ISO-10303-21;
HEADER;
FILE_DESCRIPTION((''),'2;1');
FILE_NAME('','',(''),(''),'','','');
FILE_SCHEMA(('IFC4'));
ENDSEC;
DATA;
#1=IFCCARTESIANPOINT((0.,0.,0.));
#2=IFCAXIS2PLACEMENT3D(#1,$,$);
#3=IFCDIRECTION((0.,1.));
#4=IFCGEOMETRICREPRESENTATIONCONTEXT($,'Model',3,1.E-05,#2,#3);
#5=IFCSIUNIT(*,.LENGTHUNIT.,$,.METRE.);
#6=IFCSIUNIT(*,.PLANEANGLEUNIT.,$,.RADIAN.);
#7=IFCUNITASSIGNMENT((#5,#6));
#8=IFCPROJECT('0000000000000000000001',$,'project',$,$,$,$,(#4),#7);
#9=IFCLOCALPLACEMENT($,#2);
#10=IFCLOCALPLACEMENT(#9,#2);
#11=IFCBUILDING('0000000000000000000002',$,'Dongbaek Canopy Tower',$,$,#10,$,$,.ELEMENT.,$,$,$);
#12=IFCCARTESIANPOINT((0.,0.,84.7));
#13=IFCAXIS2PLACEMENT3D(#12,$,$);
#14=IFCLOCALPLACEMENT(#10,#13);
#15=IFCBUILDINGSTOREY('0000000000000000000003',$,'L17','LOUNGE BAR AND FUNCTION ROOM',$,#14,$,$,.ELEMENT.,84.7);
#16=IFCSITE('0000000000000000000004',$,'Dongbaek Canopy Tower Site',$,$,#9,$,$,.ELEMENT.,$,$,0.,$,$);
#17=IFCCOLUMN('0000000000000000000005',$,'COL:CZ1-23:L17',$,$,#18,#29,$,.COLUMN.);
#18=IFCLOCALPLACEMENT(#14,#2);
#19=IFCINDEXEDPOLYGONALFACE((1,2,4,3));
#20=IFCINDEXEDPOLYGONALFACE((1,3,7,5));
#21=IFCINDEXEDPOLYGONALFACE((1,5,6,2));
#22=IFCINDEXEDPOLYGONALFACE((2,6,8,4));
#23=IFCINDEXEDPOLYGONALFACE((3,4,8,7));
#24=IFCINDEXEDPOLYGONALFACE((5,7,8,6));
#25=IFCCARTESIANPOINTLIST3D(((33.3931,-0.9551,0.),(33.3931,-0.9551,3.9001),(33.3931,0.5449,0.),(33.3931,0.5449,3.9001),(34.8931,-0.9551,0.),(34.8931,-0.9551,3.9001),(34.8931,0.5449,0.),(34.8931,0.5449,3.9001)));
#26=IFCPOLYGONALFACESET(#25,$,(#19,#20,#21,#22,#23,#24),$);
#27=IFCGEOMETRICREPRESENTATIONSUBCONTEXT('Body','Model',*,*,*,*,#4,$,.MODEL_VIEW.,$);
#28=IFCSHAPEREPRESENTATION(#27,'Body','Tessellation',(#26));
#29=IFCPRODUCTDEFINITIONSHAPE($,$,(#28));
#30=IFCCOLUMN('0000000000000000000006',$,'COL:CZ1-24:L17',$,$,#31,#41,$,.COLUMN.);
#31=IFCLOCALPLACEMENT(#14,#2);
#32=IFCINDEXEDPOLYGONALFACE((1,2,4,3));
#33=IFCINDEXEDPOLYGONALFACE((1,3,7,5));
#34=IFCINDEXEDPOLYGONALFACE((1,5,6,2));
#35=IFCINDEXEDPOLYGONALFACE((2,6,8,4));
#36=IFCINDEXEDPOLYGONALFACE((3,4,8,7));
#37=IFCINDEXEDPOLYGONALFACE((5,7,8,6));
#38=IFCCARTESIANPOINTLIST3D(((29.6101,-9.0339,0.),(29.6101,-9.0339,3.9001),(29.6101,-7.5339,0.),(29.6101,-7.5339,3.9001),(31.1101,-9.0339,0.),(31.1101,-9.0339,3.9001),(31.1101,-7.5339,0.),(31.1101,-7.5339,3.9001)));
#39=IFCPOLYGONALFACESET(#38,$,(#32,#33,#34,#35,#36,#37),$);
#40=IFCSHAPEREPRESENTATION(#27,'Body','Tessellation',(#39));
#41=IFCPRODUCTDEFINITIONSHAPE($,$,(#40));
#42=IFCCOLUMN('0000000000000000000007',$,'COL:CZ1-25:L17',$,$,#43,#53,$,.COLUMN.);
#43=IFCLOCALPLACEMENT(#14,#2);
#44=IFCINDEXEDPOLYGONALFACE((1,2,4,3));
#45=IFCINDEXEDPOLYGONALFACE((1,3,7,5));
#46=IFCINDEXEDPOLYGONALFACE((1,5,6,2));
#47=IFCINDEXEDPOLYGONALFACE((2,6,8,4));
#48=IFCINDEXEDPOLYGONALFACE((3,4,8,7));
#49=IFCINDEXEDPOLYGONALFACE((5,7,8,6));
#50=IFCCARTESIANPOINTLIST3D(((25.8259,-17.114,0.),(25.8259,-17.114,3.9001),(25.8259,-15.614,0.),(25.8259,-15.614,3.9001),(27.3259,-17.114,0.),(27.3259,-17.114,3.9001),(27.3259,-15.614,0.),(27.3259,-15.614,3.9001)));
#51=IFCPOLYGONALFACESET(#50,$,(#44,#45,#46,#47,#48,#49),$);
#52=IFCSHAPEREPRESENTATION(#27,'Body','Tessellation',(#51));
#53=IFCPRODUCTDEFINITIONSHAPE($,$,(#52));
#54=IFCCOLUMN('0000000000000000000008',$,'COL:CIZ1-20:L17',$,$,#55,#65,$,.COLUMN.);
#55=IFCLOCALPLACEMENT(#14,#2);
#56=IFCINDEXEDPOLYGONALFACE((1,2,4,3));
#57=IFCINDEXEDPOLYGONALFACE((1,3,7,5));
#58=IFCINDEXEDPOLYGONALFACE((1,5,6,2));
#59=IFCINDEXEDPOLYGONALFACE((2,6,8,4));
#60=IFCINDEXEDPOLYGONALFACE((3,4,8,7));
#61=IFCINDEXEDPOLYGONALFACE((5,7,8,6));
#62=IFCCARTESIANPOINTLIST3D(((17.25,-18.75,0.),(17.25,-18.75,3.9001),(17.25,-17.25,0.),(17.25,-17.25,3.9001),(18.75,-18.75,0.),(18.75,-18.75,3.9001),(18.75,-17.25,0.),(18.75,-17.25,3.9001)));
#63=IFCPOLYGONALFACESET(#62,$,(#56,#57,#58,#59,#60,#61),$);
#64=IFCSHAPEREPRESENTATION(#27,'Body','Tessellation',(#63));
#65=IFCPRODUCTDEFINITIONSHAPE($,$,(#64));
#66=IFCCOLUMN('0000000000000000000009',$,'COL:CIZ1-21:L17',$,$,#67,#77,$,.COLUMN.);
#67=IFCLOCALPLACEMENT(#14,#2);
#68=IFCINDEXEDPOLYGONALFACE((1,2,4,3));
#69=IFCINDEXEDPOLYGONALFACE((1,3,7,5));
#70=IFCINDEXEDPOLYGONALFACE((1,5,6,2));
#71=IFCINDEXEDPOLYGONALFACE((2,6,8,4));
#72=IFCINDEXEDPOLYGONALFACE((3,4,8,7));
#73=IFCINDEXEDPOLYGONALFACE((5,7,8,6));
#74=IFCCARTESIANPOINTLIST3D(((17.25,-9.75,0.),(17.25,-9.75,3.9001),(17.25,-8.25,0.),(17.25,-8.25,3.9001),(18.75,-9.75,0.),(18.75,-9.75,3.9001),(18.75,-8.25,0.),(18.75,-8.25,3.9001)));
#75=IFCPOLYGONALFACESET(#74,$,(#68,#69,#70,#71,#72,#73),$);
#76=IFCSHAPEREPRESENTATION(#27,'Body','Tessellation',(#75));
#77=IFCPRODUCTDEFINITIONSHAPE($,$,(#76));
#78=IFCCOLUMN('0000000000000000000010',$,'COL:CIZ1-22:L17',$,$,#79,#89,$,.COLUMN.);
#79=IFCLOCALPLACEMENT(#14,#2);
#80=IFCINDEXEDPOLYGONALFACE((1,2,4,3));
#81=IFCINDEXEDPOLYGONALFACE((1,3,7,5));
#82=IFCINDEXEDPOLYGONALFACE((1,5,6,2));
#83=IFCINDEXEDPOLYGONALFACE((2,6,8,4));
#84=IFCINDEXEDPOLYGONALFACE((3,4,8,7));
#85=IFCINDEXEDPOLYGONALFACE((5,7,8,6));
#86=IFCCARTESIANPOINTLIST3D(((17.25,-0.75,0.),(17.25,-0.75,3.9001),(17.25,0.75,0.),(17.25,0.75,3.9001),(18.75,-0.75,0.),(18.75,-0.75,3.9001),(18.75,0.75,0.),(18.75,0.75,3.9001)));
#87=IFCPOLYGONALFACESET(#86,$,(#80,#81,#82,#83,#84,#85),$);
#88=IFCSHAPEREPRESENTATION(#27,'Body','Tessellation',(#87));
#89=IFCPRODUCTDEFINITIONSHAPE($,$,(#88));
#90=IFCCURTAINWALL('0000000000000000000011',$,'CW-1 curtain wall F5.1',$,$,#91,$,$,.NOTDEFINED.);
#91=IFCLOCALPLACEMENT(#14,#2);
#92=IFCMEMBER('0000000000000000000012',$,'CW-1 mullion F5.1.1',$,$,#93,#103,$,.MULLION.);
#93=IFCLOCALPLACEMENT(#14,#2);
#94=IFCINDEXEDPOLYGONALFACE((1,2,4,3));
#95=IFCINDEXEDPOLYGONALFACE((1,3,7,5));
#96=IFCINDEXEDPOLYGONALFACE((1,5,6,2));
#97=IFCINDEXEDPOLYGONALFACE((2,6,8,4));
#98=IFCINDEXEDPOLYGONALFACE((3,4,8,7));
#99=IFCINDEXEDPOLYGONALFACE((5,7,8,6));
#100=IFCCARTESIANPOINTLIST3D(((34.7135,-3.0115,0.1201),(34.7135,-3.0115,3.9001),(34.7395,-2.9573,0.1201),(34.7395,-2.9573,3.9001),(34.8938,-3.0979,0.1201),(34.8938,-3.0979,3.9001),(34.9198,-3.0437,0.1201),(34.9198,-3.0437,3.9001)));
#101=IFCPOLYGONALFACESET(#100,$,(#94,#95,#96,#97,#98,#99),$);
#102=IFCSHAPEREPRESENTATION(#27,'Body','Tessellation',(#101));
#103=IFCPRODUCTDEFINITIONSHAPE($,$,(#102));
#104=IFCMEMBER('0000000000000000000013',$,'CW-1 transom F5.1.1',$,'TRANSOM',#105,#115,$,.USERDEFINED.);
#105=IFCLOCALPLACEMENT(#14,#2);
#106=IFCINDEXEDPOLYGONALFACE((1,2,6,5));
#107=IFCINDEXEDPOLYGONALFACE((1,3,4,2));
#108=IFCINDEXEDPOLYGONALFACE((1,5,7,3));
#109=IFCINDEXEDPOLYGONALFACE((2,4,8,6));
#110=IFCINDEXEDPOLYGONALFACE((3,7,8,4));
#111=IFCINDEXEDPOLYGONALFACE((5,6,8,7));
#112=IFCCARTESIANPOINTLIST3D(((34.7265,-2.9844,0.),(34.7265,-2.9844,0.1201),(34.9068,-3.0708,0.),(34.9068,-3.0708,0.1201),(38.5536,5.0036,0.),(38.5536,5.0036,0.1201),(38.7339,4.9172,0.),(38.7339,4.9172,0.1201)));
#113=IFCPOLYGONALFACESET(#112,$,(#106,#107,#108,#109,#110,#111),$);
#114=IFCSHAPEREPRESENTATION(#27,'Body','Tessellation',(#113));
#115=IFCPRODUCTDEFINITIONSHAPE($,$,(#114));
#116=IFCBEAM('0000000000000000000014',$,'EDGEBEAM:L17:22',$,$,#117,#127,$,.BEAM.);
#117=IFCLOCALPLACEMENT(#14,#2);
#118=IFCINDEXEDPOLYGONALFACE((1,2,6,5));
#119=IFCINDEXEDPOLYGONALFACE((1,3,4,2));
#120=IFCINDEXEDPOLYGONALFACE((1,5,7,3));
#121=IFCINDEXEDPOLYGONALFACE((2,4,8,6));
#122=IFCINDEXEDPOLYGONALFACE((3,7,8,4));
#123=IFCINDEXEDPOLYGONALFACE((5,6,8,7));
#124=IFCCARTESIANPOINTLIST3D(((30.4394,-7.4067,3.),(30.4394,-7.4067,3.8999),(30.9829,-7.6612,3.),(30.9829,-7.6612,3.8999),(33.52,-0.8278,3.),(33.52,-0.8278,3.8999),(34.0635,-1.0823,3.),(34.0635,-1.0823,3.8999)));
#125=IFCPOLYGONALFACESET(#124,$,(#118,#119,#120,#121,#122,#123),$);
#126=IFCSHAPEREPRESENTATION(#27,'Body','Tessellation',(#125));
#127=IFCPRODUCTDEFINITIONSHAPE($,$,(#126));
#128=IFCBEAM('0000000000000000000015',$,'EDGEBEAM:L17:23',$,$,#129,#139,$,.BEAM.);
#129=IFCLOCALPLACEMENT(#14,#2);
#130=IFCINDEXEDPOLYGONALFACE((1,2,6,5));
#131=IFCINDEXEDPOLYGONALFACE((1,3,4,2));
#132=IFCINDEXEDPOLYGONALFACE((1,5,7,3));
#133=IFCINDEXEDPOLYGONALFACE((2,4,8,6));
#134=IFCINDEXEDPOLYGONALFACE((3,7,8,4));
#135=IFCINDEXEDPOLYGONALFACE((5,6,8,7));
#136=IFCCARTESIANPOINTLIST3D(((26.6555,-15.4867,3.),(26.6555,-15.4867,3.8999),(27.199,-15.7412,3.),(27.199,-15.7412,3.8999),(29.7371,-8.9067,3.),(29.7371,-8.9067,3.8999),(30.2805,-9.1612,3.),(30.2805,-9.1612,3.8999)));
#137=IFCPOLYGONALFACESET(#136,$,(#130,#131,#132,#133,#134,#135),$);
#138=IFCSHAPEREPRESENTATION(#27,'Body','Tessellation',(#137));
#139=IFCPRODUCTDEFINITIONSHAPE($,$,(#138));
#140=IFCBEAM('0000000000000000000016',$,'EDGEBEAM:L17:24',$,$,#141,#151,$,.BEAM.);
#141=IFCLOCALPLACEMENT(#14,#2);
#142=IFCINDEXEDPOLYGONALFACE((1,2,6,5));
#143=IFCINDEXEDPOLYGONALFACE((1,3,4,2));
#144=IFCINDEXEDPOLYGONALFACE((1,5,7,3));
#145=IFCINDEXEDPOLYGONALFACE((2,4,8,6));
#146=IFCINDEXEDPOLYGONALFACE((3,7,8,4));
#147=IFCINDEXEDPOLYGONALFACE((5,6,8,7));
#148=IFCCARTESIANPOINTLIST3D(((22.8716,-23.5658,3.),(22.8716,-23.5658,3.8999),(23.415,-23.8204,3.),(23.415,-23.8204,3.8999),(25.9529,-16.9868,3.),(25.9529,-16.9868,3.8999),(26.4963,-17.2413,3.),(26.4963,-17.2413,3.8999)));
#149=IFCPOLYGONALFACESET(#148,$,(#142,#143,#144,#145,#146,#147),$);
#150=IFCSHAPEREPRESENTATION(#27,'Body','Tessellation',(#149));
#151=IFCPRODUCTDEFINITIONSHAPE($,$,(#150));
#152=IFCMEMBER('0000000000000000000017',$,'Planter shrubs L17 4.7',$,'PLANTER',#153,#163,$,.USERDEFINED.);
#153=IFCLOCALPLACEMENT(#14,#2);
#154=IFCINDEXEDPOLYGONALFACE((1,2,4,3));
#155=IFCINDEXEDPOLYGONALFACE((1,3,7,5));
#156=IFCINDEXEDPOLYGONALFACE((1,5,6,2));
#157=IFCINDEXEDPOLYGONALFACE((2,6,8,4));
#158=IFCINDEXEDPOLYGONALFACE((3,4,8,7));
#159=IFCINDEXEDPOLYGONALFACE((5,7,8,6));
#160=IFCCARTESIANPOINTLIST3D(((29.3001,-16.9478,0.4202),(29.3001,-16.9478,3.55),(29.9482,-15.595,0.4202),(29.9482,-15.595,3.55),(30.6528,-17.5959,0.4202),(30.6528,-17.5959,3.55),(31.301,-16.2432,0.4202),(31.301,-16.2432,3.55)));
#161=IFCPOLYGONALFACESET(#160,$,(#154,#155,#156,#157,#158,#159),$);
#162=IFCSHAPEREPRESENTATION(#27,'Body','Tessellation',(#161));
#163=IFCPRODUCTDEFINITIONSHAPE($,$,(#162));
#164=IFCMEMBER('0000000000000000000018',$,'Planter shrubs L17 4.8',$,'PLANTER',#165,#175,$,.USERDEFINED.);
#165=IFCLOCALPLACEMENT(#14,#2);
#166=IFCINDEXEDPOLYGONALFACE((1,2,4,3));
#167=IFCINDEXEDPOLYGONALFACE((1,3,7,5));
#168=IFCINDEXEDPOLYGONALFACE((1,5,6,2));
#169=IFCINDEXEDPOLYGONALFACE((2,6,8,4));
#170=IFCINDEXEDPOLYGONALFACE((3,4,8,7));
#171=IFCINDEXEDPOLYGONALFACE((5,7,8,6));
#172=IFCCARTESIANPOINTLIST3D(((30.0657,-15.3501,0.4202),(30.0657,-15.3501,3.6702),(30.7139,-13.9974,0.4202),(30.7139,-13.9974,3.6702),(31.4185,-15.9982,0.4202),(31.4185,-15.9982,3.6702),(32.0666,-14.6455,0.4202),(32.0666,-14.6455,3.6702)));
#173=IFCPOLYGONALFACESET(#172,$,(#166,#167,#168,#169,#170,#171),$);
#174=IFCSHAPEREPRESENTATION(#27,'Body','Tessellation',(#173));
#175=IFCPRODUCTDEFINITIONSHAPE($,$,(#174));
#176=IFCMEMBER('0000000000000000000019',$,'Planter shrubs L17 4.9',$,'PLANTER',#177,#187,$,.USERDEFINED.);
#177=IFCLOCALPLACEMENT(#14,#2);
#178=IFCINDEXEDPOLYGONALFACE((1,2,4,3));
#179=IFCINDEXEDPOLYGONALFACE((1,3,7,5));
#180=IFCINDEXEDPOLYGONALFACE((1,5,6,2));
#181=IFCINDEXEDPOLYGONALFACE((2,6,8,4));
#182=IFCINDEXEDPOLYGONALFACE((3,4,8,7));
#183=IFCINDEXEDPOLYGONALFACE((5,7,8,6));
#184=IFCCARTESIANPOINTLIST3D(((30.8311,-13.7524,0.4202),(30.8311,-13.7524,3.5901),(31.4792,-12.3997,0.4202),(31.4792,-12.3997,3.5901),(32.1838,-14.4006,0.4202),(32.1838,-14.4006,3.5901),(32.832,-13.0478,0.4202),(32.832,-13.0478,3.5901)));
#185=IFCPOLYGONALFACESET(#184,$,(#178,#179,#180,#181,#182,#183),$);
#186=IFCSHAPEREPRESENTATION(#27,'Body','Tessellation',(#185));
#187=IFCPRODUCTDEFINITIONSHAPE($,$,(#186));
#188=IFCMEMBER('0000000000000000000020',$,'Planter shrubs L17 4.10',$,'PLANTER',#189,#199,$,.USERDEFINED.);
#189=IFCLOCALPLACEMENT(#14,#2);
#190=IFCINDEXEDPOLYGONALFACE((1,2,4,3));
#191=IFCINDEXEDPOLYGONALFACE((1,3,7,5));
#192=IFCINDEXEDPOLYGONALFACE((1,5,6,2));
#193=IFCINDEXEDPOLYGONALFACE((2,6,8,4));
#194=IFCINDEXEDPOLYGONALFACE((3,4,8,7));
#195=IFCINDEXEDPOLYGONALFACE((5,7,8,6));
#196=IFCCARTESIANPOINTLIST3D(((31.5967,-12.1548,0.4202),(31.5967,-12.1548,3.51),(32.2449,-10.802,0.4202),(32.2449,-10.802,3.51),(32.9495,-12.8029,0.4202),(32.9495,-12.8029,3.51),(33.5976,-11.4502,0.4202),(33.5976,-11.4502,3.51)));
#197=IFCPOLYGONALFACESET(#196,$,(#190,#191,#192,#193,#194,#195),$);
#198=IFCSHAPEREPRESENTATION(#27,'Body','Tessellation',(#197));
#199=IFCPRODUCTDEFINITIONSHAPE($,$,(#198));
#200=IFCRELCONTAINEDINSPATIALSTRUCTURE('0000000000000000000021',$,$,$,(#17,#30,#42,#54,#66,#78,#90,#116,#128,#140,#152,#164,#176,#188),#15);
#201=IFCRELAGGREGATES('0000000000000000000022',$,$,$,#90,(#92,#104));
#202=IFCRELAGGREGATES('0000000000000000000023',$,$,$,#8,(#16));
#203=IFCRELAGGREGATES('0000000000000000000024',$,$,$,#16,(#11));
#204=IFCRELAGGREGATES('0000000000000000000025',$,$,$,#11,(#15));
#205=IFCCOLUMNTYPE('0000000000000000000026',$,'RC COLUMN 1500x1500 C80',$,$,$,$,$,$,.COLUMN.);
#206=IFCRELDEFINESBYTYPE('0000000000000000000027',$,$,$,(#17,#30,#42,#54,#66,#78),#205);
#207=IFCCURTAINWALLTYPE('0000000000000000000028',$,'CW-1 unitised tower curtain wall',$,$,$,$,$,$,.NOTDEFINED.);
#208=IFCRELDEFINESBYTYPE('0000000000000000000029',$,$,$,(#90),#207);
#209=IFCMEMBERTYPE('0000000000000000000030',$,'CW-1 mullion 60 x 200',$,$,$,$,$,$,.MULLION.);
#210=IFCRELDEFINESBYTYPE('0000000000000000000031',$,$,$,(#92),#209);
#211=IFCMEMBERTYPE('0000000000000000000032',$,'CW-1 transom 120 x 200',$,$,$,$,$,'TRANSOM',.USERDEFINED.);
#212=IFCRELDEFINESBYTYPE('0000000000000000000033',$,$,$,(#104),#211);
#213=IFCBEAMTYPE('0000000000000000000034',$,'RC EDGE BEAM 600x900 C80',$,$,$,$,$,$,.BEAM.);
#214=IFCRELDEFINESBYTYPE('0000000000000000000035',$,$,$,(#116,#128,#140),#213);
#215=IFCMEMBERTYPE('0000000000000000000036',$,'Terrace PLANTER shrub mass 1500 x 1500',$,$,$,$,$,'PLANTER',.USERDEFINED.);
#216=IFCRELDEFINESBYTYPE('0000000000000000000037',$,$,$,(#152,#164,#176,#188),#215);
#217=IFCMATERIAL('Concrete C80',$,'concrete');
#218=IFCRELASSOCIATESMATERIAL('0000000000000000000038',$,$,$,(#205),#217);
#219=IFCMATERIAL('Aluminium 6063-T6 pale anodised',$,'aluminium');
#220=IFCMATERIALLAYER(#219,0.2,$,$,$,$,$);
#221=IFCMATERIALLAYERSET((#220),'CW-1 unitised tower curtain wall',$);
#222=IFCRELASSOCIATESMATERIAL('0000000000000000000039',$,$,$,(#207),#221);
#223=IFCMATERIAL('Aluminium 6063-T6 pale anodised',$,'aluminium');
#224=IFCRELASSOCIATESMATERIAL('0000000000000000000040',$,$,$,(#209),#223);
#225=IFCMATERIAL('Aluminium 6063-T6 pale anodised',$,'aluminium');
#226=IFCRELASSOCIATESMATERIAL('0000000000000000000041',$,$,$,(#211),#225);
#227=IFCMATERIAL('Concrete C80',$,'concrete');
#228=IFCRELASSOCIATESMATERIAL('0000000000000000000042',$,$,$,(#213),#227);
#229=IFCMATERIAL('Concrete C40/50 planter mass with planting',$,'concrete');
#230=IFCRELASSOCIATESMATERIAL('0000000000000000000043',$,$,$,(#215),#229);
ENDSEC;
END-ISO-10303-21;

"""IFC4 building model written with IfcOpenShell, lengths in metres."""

from ifc_helpers import new_model, si_unit, direction, frame, origin, origin_2d, place, context, subcontext, project, spatial, rectangle, extrude, material, layer, layer_set, material_profile, profile_set, type_object, element, aggregate, save


model = new_model("IFC4")

# Units and contexts
model_context = context("Model", 3, precision=1e-05, world=origin(), true_north=direction((0.0, 1.0)))
body_context = subcontext(model_context, "Body", "Model", "MODEL_VIEW")
ifc_project = project(units=[si_unit("LENGTHUNIT", "METRE"), si_unit("PLANEANGLEUNIT", "RADIAN")], contexts=[model_context])

# Site, building, storey
site_placement = place(None, origin())
site = spatial("IfcSite", under=ifc_project, at=site_placement, Name="Dongbaek Canopy Tower Site", CompositionType="ELEMENT", RefElevation=0.0)
building_placement = place(site_placement, origin())
building = spatial("IfcBuilding", under=site, at=building_placement, Name="Dongbaek Canopy Tower", CompositionType="ELEMENT")
storey_placement = place(building_placement, frame((0.0, 0.0, 84.7)))
storey = spatial("IfcBuildingStorey", under=building, at=storey_placement, Name="L17", Description="LOUNGE BAR AND FUNCTION ROOM", CompositionType="ELEMENT", Elevation=84.7)

# Columns
ifc_material_1 = material(Name="Concrete C80", Category="concrete")
ifc_material_profile_1 = material_profile(ifc_material_1, rectangle(XDim=1.5, YDim=1.5, at=origin_2d()), Name="RC COLUMN 1500x1500 C80")
ifc_profile_set_1 = profile_set([ifc_material_profile_1], Name="Concrete C80")
column_type = type_object("IfcColumnType", Name="RC COLUMN 1500x1500 C80", PredefinedType="COLUMN", material=ifc_profile_set_1)
for number, where, z_axis, x_axis, name in (
    (1, (34.1431, -0.2051, 0.0), (0.0, 0.0, 1.0), (1.0, 0.0, 0.0), "COL:CZ1-23:L17"),
    (2, (30.3601, -8.2839, 0.0), (0.0, 0.0, 1.0), (1.0, 0.0, 0.0), "COL:CZ1-24:L17"),
    (3, (26.5759, -16.364, 0.0), (0.0, 0.0, 1.0), (1.0, 0.0, 0.0), "COL:CZ1-25:L17"),
    (4, (18.0, -18.0, 0.0), (0.0, 0.0, 1.0), (1.0, 0.0, 0.0), "COL:CIZ1-20:L17"),
    (5, (18.0, -9.0, 0.0), (0.0, 0.0, 1.0), (1.0, 0.0, 0.0), "COL:CIZ1-21:L17"),
    (6, (18.0, 0.0, 0.0), (0.0, 0.0, 1.0), (1.0, 0.0, 0.0), "COL:CIZ1-22:L17"),
):
    element("IfcColumn", number, at=place(storey_placement, frame(where, z_axis=z_axis, x_axis=x_axis)), inside=storey, type_object=column_type, Name=name, PredefinedType="COLUMN", context=body_context, shape_type="SweptSolid", body=[
        extrude(rectangle(XDim=1.5, YDim=1.5, at=origin_2d()), origin(), (0.0, 0.0, 1.0), 3.9001),
    ])

# Curtain wall, members
ifc_material_2 = material(Name="Aluminium 6063-T6 pale anodised", Category="aluminium")
ifc_layer_1 = layer(ifc_material_2, 0.2)
ifc_layer_set_1 = layer_set([ifc_layer_1], Name="CW-1 unitised tower curtain wall")
curtain_wall_type = type_object("IfcCurtainWallType", Name="CW-1 unitised tower curtain wall", PredefinedType="NOTDEFINED", material=ifc_layer_set_1)
curtain_wall_placement = place(storey_placement, origin())
curtain_wall = element("IfcCurtainWall", 7, at=curtain_wall_placement, inside=storey, type_object=curtain_wall_type, Name="CW-1 curtain wall F5.1", PredefinedType="NOTDEFINED")
ifc_material_3 = material(Name="Aluminium 6063-T6 pale anodised", Category="aluminium")
ifc_material_profile_2 = material_profile(ifc_material_3, rectangle(XDim=0.2, YDim=0.0601, at=origin_2d()), Name="CW-1 mullion 60 x 200")
ifc_profile_set_2 = profile_set([ifc_material_profile_2], Name="Aluminium 6063-T6 pale anodised")
member_type_1 = type_object("IfcMemberType", Name="CW-1 mullion 60 x 200", PredefinedType="MULLION", material=ifc_profile_set_2)
member_1_placement = place(storey_placement, frame((34.8167, -3.0276, 0.1201), z_axis=(0.0, 0.0, 1.0), x_axis=(0.901828, -0.432096, 0.0)))
member_1 = element("IfcMember", 8, at=member_1_placement, type_object=member_type_1, Name="CW-1 mullion F5.1.1", PredefinedType="MULLION", context=body_context, shape_type="SweptSolid", body=[
    extrude(rectangle(XDim=0.2, YDim=0.0601, at=origin_2d()), origin(), (0.0, 0.0, 1.0), 3.78),
])
ifc_material_4 = material(Name="Aluminium 6063-T6 pale anodised", Category="aluminium")
ifc_material_profile_3 = material_profile(ifc_material_4, rectangle(XDim=0.2, YDim=0.1201, at=origin_2d()), Name="CW-1 transom 120 x 200")
ifc_profile_set_3 = profile_set([ifc_material_profile_3], Name="Aluminium 6063-T6 pale anodised")
member_type_2 = type_object("IfcMemberType", Name="CW-1 transom 120 x 200", ElementType="TRANSOM", PredefinedType="USERDEFINED", material=ifc_profile_set_3)
member_2_placement = place(storey_placement, frame((34.8167, -3.0276, 0.0601), z_axis=(0.432079, 0.901836, 0.0), x_axis=(-0.901836, 0.432079, 0.0)))
member_2 = element("IfcMember", 9, at=member_2_placement, type_object=member_type_2, Name="CW-1 transom F5.1.1", ObjectType="TRANSOM", PredefinedType="USERDEFINED", context=body_context, shape_type="SweptSolid", body=[
    extrude(rectangle(XDim=0.2, YDim=0.1201, at=origin_2d()), origin(), (0.0, 0.0, 1.0), 8.8574),
])

# Beams
ifc_material_5 = material(Name="Concrete C80", Category="concrete")
ifc_material_profile_4 = material_profile(ifc_material_5, rectangle(XDim=0.6001, YDim=0.8999, at=origin_2d()), Name="RC EDGE BEAM 600x900 C80")
ifc_profile_set_4 = profile_set([ifc_material_profile_4], Name="Concrete C80")
beam_type = type_object("IfcBeamType", Name="RC EDGE BEAM 600x900 C80", PredefinedType="BEAM", material=ifc_profile_set_4)
beam_1_placement = place(storey_placement, frame((33.7917, -0.9551, 3.45), z_axis=(-0.424064, -0.905632, 0.0), x_axis=(0.905632, -0.424064, 0.0)))
element("IfcBeam", 10, at=beam_1_placement, inside=storey, type_object=beam_type, Name="EDGEBEAM:L17:22", PredefinedType="BEAM", context=body_context, shape_type="SweptSolid", body=[
    extrude(rectangle(XDim=0.6001, YDim=0.8999, at=origin_2d()), origin(), (0.0, 0.0, 1.0), 7.2644),
])
beam_2_placement = place(storey_placement, frame((30.0088, -9.0339, 3.45), z_axis=(-0.42411, -0.905611, 0.0), x_axis=(0.905611, -0.42411, 0.0)))
element("IfcBeam", 11, at=beam_2_placement, inside=storey, type_object=beam_type, Name="EDGEBEAM:L17:23", PredefinedType="BEAM", context=body_context, shape_type="SweptSolid", body=[
    extrude(rectangle(XDim=0.6001, YDim=0.8999, at=origin_2d()), origin(), (0.0, 0.0, 1.0), 7.2659),
])
beam_3_placement = place(storey_placement, frame((26.2246, -17.114, 3.45), z_axis=(-0.424134, -0.905599, 0.0), x_axis=(0.905599, -0.424134, 0.0)))
element("IfcBeam", 12, at=beam_3_placement, inside=storey, type_object=beam_type, Name="EDGEBEAM:L17:24", PredefinedType="BEAM", context=body_context, shape_type="SweptSolid", body=[
    extrude(rectangle(XDim=0.6001, YDim=0.8999, at=origin_2d()), origin(), (0.0, 0.0, 1.0), 7.2649),
])

# Members
ifc_material_6 = material(Name="Concrete C40/50 planter mass with planting", Category="concrete")
ifc_material_profile_5 = material_profile(ifc_material_6, rectangle(XDim=1.5, YDim=1.5, at=origin_2d()), Name="Terrace PLANTER shrub mass 1500 x 1500")
ifc_profile_set_5 = profile_set([ifc_material_profile_5], Name="Concrete C40/50 planter mass with planting")
member_type_3 = type_object("IfcMemberType", Name="Terrace PLANTER shrub mass 1500 x 1500", ElementType="PLANTER", PredefinedType="USERDEFINED", material=ifc_profile_set_5)
member_3_placement = place(storey_placement, frame((30.3005, -16.5955, 0.4202), z_axis=(0.0, 0.0, 1.0), x_axis=(0.901828, -0.432096, 0.0)))
element("IfcMember", 13, at=member_3_placement, inside=storey, type_object=member_type_3, Name="Planter shrubs L17 4.7", ObjectType="PLANTER", PredefinedType="USERDEFINED", context=body_context, shape_type="SweptSolid", body=[
    extrude(rectangle(XDim=1.5, YDim=1.5, at=origin_2d()), origin(), (0.0, 0.0, 1.0), 3.1299),
])
member_4_placement = place(storey_placement, frame((31.0662, -14.9978, 0.4202), z_axis=(0.0, 0.0, 1.0), x_axis=(0.901828, -0.432096, 0.0)))
element("IfcMember", 14, at=member_4_placement, inside=storey, type_object=member_type_3, Name="Planter shrubs L17 4.8", ObjectType="PLANTER", PredefinedType="USERDEFINED", context=body_context, shape_type="SweptSolid", body=[
    extrude(rectangle(XDim=1.5, YDim=1.5, at=origin_2d()), origin(), (0.0, 0.0, 1.0), 3.25),
])
member_5_placement = place(storey_placement, frame((31.8315, -13.4001, 0.4202), z_axis=(0.0, 0.0, 1.0), x_axis=(0.901828, -0.432096, 0.0)))
element("IfcMember", 15, at=member_5_placement, inside=storey, type_object=member_type_3, Name="Planter shrubs L17 4.9", ObjectType="PLANTER", PredefinedType="USERDEFINED", context=body_context, shape_type="SweptSolid", body=[
    extrude(rectangle(XDim=1.5, YDim=1.5, at=origin_2d()), origin(), (0.0, 0.0, 1.0), 3.1699),
])
member_6_placement = place(storey_placement, frame((32.5972, -11.8025, 0.4202), z_axis=(0.0, 0.0, 1.0), x_axis=(0.901828, -0.432096, 0.0)))
element("IfcMember", 16, at=member_6_placement, inside=storey, type_object=member_type_3, Name="Planter shrubs L17 4.10", ObjectType="PLANTER", PredefinedType="USERDEFINED", context=body_context, shape_type="SweptSolid", body=[
    extrude(rectangle(XDim=1.5, YDim=1.5, at=origin_2d()), origin(), (0.0, 0.0, 1.0), 3.0898),
])

aggregate(curtain_wall, [member_1, member_2])

save(model, "model.ifc")
